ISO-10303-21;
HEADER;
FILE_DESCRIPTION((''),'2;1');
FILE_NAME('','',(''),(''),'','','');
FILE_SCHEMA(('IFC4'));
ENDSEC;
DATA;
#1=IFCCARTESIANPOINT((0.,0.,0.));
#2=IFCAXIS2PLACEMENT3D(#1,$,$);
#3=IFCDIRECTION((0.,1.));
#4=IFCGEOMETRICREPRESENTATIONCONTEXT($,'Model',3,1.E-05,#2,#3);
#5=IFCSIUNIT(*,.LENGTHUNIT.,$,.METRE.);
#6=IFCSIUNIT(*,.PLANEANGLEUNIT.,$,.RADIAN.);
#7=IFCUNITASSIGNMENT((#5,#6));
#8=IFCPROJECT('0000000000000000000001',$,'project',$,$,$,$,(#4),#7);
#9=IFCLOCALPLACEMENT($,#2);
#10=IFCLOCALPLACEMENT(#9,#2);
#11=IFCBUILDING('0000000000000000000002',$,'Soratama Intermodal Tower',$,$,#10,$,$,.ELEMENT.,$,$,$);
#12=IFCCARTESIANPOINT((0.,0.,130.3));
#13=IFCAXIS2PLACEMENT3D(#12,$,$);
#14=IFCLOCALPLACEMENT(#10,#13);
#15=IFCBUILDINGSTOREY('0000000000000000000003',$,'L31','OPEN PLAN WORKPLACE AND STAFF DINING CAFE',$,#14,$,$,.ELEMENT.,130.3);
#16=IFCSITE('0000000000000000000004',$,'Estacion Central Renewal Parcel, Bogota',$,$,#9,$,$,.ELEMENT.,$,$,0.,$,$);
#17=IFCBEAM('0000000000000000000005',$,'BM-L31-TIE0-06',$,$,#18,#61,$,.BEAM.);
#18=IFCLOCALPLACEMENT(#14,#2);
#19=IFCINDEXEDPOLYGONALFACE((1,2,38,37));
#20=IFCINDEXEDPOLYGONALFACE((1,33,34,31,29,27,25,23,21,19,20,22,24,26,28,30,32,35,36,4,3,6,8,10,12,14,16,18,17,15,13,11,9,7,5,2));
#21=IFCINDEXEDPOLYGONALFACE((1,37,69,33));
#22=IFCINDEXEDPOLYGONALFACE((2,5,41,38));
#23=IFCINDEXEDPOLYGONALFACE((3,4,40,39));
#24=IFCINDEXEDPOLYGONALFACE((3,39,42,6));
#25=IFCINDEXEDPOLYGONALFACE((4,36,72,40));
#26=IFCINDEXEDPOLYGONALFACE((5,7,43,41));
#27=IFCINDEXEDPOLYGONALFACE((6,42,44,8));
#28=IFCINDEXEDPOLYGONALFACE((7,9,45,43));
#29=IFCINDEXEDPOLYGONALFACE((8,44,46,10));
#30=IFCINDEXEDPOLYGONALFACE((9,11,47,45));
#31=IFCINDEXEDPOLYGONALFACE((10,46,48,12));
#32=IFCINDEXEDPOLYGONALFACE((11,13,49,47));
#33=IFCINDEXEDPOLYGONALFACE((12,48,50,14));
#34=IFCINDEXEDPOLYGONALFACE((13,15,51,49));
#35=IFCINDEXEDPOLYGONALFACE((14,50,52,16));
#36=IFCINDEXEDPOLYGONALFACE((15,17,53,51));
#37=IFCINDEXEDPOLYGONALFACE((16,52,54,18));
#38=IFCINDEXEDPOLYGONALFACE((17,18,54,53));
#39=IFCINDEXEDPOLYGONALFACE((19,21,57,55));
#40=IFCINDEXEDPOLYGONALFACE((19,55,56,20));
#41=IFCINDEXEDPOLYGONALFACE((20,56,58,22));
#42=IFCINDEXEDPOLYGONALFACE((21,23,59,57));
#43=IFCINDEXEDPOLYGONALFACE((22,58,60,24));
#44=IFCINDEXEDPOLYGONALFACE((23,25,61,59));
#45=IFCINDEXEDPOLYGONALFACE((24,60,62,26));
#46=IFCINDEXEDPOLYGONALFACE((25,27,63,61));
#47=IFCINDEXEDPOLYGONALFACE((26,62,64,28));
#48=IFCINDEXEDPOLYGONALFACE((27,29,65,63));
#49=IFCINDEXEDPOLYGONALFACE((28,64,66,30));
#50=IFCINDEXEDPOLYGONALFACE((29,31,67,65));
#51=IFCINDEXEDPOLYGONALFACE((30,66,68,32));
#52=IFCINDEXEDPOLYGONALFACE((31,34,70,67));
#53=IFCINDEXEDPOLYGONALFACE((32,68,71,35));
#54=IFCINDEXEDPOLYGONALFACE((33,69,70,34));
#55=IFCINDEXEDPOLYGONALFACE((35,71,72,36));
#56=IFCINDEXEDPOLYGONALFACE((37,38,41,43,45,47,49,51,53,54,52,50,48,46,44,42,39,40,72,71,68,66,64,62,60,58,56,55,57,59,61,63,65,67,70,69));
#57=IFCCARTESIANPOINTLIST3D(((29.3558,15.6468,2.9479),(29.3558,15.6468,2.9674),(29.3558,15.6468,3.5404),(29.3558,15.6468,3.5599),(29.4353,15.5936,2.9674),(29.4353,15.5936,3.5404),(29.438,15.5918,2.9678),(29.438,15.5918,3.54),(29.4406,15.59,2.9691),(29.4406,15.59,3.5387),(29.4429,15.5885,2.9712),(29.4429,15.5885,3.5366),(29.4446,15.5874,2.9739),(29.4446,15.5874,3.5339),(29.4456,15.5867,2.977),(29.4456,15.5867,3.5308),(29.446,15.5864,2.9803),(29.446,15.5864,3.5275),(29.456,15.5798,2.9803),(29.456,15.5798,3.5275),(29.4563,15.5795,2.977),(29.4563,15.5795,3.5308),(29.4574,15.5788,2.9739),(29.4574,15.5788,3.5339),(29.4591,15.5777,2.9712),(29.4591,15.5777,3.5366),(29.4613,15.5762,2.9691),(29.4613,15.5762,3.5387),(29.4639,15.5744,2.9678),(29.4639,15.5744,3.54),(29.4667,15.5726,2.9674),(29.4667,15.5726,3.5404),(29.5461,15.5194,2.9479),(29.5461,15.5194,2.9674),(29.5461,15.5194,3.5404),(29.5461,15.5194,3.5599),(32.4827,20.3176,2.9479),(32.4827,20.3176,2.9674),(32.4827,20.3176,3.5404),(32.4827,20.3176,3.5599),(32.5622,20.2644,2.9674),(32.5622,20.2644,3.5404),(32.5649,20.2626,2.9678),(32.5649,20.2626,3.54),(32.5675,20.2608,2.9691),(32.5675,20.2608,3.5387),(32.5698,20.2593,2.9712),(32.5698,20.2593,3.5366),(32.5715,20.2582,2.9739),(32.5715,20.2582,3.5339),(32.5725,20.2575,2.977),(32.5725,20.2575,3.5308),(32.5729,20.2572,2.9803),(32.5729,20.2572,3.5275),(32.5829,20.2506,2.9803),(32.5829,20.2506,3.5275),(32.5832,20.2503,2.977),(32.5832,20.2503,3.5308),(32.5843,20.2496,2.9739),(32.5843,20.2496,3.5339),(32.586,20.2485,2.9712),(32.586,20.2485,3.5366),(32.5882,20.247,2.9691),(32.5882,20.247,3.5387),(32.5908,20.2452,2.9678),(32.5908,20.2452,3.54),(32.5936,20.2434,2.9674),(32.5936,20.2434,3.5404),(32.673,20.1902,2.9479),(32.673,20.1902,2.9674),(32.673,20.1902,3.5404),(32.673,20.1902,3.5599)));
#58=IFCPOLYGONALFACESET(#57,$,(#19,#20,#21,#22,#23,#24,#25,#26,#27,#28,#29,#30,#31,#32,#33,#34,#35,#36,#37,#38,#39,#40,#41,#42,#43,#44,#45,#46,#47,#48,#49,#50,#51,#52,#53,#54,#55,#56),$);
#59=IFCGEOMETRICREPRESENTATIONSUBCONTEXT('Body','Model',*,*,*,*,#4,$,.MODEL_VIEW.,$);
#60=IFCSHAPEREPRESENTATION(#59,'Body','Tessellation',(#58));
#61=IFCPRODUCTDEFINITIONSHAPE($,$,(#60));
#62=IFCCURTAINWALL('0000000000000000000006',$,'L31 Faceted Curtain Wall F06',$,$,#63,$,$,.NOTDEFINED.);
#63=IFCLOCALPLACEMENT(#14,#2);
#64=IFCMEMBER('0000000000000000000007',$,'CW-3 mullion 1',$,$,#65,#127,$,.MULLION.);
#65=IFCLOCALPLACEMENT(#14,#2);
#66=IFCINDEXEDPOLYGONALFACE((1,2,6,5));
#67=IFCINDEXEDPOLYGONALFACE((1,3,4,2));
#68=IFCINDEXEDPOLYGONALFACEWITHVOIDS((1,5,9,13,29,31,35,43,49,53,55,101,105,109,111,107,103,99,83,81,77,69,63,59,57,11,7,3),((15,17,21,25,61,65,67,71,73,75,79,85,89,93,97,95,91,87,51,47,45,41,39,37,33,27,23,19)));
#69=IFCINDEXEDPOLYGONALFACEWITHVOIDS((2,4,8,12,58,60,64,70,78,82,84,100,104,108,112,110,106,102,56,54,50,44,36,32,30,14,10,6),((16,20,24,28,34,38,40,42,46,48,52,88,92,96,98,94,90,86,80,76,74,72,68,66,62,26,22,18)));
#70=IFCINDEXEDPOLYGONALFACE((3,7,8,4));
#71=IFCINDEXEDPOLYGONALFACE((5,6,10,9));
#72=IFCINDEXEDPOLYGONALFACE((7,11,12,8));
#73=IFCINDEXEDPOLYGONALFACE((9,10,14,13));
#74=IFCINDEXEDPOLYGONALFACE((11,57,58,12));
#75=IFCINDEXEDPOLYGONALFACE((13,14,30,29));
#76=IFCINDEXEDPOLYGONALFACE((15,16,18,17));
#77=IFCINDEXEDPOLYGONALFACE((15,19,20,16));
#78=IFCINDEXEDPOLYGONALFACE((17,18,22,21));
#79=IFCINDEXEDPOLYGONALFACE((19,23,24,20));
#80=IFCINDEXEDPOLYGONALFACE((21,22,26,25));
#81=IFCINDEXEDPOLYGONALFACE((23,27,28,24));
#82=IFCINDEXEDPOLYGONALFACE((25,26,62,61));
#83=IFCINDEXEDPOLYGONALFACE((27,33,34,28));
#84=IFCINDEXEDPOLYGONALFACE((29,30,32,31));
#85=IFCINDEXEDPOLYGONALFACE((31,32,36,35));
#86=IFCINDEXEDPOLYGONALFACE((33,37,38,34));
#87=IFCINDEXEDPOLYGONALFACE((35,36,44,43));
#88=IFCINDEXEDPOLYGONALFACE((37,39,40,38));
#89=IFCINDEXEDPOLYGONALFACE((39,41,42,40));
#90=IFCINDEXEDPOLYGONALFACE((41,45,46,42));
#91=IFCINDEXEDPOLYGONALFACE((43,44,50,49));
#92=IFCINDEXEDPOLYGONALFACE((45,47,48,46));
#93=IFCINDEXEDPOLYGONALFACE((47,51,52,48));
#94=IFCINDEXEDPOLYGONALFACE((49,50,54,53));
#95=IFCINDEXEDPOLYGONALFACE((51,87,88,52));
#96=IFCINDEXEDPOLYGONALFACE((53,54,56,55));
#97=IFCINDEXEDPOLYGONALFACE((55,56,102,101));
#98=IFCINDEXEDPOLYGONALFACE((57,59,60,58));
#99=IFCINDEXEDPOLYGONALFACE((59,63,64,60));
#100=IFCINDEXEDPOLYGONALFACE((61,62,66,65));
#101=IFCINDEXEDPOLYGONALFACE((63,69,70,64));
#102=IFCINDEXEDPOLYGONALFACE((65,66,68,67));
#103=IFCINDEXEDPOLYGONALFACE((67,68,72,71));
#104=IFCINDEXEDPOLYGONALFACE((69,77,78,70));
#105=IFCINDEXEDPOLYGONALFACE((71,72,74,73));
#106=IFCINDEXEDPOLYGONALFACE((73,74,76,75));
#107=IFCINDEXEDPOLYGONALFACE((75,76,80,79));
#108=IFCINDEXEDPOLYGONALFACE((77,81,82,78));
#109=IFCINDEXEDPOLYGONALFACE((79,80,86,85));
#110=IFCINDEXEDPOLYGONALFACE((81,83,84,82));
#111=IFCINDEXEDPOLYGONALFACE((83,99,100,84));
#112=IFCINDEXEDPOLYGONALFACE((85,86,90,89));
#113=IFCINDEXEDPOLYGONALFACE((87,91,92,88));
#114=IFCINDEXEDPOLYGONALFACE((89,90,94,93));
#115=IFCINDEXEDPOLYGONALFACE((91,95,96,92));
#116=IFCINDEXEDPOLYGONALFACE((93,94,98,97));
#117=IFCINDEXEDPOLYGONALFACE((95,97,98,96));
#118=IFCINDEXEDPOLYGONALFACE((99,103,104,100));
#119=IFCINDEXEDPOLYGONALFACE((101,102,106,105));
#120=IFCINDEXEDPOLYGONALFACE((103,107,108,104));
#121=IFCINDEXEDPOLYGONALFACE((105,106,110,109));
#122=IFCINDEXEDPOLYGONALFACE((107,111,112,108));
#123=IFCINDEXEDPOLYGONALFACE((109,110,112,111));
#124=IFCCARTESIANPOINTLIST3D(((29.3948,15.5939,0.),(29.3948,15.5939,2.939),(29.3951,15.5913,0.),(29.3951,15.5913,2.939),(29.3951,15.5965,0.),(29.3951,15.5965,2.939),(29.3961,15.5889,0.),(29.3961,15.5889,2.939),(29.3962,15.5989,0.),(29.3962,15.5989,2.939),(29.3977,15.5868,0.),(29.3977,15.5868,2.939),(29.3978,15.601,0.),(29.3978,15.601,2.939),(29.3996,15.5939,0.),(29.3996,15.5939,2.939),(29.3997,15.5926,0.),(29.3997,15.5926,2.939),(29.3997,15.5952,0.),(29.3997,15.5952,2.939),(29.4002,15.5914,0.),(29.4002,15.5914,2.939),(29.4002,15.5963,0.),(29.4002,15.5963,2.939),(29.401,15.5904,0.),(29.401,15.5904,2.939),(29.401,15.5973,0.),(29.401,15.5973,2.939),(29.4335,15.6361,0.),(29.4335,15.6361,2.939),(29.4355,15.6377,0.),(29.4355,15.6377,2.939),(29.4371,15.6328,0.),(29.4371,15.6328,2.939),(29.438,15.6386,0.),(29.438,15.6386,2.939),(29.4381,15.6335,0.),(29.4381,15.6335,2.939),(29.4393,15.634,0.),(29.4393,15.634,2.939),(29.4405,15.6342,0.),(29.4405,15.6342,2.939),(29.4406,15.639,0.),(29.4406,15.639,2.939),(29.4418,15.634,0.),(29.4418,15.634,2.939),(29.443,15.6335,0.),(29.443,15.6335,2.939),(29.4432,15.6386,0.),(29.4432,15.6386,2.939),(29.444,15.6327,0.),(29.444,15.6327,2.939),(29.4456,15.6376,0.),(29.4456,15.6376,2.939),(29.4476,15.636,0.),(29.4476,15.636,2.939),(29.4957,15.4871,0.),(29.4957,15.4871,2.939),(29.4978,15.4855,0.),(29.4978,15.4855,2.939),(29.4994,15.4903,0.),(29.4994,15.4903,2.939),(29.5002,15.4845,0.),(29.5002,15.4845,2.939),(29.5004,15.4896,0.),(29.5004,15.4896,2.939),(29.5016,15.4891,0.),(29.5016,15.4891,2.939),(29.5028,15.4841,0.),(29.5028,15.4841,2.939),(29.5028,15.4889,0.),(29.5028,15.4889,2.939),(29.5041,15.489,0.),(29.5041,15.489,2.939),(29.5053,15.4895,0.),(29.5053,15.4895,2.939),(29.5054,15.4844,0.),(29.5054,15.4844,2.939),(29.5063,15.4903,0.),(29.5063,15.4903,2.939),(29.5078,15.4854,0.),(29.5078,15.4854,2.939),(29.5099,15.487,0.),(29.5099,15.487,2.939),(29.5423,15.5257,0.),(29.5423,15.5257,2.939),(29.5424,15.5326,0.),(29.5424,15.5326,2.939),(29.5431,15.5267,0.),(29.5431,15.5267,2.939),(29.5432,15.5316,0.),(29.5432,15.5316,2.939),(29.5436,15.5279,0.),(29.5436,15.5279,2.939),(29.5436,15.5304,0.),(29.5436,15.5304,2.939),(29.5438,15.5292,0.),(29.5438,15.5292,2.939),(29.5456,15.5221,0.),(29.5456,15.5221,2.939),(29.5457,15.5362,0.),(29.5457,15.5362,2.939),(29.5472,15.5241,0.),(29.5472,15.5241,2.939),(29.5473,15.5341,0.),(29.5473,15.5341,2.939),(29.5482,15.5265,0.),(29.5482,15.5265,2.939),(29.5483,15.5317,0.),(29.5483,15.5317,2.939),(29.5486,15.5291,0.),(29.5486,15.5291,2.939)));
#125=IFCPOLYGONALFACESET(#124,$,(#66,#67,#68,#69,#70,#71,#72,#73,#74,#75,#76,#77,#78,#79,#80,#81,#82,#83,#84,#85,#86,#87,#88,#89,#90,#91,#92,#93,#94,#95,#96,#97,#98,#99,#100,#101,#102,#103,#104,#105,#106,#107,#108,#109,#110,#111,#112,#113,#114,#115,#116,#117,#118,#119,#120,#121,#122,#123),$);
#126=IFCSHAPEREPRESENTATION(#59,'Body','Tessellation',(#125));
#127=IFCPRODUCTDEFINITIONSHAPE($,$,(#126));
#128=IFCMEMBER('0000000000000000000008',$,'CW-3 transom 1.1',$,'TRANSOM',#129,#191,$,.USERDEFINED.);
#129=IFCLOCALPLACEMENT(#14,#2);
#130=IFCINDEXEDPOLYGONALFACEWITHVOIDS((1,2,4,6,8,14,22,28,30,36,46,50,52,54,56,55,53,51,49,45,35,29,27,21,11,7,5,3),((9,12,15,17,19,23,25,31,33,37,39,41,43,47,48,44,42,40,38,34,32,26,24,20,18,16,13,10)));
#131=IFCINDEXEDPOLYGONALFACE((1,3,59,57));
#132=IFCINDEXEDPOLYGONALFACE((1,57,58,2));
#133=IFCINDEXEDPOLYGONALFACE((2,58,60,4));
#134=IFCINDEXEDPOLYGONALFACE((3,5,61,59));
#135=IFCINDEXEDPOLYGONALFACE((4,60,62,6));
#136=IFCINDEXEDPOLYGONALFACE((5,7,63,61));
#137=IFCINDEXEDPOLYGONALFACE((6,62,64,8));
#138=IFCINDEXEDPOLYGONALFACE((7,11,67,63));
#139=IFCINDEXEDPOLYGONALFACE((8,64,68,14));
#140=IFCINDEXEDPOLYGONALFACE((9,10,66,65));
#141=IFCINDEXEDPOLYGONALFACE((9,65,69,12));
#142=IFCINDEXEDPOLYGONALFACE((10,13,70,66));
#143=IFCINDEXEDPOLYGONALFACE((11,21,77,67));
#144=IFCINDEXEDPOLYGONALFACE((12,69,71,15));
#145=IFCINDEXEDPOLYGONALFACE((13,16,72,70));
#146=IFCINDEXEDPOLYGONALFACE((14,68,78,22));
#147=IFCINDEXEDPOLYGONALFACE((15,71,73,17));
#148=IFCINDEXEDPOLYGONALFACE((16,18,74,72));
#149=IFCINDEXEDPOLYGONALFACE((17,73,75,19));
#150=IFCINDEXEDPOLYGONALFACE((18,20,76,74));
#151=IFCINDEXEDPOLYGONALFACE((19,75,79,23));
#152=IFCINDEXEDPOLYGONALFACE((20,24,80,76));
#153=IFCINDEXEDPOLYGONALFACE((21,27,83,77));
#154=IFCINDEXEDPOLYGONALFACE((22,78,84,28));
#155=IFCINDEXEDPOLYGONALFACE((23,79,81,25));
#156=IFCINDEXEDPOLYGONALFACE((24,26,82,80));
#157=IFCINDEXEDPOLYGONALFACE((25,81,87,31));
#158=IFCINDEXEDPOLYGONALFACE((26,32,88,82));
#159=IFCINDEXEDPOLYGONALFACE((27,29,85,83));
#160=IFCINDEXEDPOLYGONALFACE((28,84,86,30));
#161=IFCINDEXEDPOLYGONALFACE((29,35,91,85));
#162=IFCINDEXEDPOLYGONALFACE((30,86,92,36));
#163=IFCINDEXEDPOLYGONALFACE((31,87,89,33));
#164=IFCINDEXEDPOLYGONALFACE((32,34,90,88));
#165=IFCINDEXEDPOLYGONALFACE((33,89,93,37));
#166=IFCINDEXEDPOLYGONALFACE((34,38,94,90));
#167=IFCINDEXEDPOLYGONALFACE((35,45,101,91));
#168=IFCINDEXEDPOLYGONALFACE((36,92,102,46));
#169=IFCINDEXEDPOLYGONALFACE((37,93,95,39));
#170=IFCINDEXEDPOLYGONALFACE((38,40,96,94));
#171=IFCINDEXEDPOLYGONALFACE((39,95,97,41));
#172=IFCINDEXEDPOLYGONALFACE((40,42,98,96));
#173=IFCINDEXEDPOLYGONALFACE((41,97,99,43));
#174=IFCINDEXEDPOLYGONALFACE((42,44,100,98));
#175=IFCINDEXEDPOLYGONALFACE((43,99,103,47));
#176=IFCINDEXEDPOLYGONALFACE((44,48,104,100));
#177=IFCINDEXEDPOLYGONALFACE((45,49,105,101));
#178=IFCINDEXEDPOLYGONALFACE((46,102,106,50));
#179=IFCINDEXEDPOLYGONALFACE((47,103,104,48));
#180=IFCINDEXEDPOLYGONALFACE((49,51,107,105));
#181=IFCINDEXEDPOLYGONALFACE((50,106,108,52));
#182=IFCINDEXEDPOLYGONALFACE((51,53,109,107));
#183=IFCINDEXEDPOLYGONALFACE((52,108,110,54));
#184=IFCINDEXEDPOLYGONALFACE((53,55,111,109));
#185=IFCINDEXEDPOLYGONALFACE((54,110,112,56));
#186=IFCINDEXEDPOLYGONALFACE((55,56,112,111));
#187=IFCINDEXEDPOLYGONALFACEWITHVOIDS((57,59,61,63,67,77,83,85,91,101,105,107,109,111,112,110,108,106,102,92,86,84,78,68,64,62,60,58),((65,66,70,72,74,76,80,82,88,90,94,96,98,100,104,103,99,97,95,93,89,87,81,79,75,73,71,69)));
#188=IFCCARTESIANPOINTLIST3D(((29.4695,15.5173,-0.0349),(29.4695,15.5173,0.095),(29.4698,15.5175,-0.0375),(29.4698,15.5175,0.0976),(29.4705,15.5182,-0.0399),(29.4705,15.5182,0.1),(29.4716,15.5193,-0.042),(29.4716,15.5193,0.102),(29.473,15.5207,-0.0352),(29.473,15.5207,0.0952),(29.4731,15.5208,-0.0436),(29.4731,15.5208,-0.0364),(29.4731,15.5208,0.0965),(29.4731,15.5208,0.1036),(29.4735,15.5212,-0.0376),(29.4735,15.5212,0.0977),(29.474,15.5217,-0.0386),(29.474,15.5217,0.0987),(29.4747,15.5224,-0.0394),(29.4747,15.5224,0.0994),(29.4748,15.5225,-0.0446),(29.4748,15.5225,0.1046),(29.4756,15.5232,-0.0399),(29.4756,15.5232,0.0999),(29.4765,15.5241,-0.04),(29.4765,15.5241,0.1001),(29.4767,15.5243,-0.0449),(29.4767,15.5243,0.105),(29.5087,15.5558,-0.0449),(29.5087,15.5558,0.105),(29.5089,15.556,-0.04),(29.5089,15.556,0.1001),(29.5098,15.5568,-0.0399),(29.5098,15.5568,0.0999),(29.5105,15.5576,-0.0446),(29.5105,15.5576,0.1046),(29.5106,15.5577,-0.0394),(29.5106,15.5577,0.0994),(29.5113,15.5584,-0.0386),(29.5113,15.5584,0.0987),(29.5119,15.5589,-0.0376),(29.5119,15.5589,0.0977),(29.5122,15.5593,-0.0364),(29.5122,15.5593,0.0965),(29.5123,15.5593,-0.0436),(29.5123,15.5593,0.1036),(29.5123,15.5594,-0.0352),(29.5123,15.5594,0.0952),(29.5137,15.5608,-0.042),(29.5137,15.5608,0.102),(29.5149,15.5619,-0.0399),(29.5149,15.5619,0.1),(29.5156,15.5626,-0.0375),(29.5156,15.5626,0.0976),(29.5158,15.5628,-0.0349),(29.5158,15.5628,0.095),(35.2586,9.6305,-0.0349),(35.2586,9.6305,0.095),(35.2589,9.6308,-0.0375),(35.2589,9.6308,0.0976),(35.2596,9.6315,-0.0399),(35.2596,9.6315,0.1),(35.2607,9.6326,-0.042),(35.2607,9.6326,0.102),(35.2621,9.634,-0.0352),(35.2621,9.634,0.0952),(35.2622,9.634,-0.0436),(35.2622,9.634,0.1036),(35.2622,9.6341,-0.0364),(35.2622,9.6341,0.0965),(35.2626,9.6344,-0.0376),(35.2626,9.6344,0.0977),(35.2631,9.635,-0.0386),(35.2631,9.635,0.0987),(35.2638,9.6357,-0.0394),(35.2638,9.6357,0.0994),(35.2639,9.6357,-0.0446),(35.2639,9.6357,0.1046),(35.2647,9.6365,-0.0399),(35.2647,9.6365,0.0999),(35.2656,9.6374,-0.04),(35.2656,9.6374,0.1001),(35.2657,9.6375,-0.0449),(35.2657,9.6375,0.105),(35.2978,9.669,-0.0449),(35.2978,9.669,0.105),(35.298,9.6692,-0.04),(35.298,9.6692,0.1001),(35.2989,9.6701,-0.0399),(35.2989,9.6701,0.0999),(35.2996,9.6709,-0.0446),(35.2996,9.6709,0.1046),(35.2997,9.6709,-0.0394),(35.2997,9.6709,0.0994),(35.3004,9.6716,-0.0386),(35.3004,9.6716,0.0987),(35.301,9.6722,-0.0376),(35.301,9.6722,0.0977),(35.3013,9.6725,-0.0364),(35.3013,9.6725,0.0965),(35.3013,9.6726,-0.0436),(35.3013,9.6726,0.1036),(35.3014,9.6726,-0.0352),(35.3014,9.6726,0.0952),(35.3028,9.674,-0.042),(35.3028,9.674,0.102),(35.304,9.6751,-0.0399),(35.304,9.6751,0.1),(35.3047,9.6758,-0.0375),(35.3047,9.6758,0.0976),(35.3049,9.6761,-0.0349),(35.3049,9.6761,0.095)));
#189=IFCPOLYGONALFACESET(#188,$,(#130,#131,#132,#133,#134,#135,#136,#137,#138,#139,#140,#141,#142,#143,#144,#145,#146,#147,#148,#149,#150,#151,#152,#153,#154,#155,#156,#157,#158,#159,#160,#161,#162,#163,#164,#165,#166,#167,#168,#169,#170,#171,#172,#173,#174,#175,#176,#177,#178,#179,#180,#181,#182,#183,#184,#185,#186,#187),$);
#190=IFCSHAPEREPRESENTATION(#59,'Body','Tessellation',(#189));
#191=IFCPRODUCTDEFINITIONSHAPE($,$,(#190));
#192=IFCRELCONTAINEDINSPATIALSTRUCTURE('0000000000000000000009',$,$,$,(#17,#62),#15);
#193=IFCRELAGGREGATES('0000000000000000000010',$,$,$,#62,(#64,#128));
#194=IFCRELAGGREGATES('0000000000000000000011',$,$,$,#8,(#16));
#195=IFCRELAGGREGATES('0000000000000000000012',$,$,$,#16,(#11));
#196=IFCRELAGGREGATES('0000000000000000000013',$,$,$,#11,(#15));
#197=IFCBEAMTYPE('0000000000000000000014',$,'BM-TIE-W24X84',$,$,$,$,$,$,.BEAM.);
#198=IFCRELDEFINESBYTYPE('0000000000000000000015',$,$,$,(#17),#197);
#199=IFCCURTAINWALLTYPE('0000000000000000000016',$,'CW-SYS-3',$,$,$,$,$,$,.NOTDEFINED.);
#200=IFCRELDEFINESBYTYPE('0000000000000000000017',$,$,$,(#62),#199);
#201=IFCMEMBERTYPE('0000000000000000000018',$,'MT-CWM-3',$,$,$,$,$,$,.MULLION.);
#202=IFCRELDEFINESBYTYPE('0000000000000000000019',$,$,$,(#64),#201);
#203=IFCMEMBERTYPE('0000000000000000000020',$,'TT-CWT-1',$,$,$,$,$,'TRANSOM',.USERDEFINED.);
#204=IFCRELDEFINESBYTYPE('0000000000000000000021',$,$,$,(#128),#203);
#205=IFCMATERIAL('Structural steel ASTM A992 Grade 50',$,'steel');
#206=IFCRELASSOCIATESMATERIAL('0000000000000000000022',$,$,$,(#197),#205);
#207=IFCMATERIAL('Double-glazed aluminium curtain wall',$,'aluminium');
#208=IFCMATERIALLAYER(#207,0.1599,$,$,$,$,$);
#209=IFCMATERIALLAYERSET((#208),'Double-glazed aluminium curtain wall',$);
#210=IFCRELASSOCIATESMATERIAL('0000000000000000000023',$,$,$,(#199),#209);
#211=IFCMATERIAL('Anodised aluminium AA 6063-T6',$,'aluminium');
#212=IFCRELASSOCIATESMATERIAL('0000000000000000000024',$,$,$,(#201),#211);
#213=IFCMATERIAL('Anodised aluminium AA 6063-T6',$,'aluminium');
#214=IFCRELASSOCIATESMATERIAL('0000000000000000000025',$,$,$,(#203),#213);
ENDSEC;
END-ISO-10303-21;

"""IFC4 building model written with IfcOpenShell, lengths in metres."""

from ifc_helpers import new_model, si_unit, direction, frame, origin, origin_2d, place, context, subcontext, project, spatial, hollow_rectangle, i_section, extrude, material, layer, layer_set, material_profile, profile_set, type_object, element, aggregate, save


model = new_model("IFC4")

# Units and contexts
model_context = context("Model", 3, precision=1e-05, world=origin(), true_north=direction((0.0, 1.0)))
body_context = subcontext(model_context, "Body", "Model", "MODEL_VIEW")
ifc_project = project(units=[si_unit("LENGTHUNIT", "METRE"), si_unit("PLANEANGLEUNIT", "RADIAN")], contexts=[model_context])

# Site, building, storey
site_placement = place(None, origin())
site = spatial("IfcSite", under=ifc_project, at=site_placement, Name="Estacion Central Renewal Parcel, Bogota", CompositionType="ELEMENT", RefElevation=0.0)
building_placement = place(site_placement, origin())
building = spatial("IfcBuilding", under=site, at=building_placement, Name="Soratama Intermodal Tower", CompositionType="ELEMENT")
storey_placement = place(building_placement, frame((0.0, 0.0, 130.3)))
storey = spatial("IfcBuildingStorey", under=building, at=storey_placement, Name="L31", Description="OPEN PLAN WORKPLACE AND STAFF DINING CAFE", CompositionType="ELEMENT", Elevation=130.3)

# Beam
ifc_material_1 = material(Name="Structural steel ASTM A992 Grade 50", Category="steel")
ifc_material_profile_1 = material_profile(ifc_material_1, i_section(OverallWidth=0.229, OverallDepth=0.6121, WebThickness=0.012, FlangeThickness=0.0195, FilletRadius=0.0129, at=origin_2d()), Name="W24X84")
ifc_profile_set_1 = profile_set([ifc_material_profile_1], Name="Structural steel ASTM A992 Grade 50")
beam_type_1 = type_object("IfcBeamType", Name="BM-TIE-W24X84", PredefinedType="BEAM", material=ifc_profile_set_1)
beam_1_placement = place(storey_placement, frame((32.5779, 20.2539, 3.2539), z_axis=(-0.556303, -0.83098, 0.0), x_axis=(0.83098, -0.556303, 0.0)))
element("IfcBeam", 1, at=beam_1_placement, inside=storey, type_object=beam_type_1, Name="BM-L31-TIE0-06", PredefinedType="BEAM", context=body_context, shape_type="SweptSolid", body=[
    extrude(i_section(OverallWidth=0.229, OverallDepth=0.6121, WebThickness=0.012, FlangeThickness=0.0195, FilletRadius=0.0129, at=origin_2d()), origin(), (0.0, 0.0, 1.0), 5.6208),
])

# Curtain wall, members
ifc_material_2 = material(Name="Double-glazed aluminium curtain wall", Category="aluminium")
ifc_layer_1 = layer(ifc_material_2, 0.1599)
ifc_layer_set_1 = layer_set([ifc_layer_1], Name="Double-glazed aluminium curtain wall")
curtain_wall_type = type_object("IfcCurtainWallType", Name="CW-SYS-3", PredefinedType="NOTDEFINED", material=ifc_layer_set_1)
curtain_wall_placement = place(storey_placement, origin())
curtain_wall = element("IfcCurtainWall", 2, at=curtain_wall_placement, inside=storey, type_object=curtain_wall_type, Name="L31 Faceted Curtain Wall F06", PredefinedType="NOTDEFINED")
ifc_material_3 = material(Name="Anodised aluminium AA 6063-T6", Category="aluminium")
ifc_material_profile_2 = material_profile(ifc_material_3, hollow_rectangle(XDim=0.0701, YDim=0.1599, WallThickness=0.0049, InnerFilletRadius=0.0049, OuterFilletRadius=0.01, at=origin_2d()), Name="CWM160X70X5")
ifc_profile_set_2 = profile_set([ifc_material_profile_2], Name="Anodised aluminium AA 6063-T6")
member_type_1 = type_object("IfcMemberType", Name="MT-CWM-3", PredefinedType="MULLION", material=ifc_profile_set_2)
member_1_placement = place(storey_placement, frame((29.4717, 15.5615, 0.0), z_axis=(0.0, 0.0, 1.0), x_axis=(0.713009, 0.701154, 0.0)))
member_1 = element("IfcMember", 3, at=member_1_placement, type_object=member_type_1, Name="CW-3 mullion 1", PredefinedType="MULLION", context=body_context, shape_type="SweptSolid", body=[
    extrude(hollow_rectangle(XDim=0.0701, YDim=0.1599, WallThickness=0.0049, InnerFilletRadius=0.0049, OuterFilletRadius=0.01, at=origin_2d()), origin(), (0.0, 0.0, 1.0), 2.939),
])
ifc_material_4 = material(Name="Anodised aluminium AA 6063-T6", Category="aluminium")
ifc_material_profile_3 = material_profile(ifc_material_4, hollow_rectangle(XDim=0.0649, YDim=0.1499, WallThickness=0.0049, InnerFilletRadius=0.0049, OuterFilletRadius=0.01, at=origin_2d()), Name="CWT150X65X5")
ifc_profile_set_3 = profile_set([ifc_material_profile_3], Name="Anodised aluminium AA 6063-T6")
member_type_2 = type_object("IfcMemberType", Name="TT-CWT-1", ElementType="TRANSOM", PredefinedType="USERDEFINED", material=ifc_profile_set_3)
member_2_placement = place(storey_placement, frame((29.4927, 15.54, 0.03), z_axis=(0.701168, -0.712996, 0.0), x_axis=(0.712996, 0.701168, 0.0)))
member_2 = element("IfcMember", 4, at=member_2_placement, type_object=member_type_2, Name="CW-3 transom 1.1", ObjectType="TRANSOM", PredefinedType="USERDEFINED", context=body_context, shape_type="SweptSolid", body=[
    extrude(hollow_rectangle(XDim=0.0649, YDim=0.1499, WallThickness=0.0049, InnerFilletRadius=0.0049, OuterFilletRadius=0.01, at=origin_2d()), origin(), (0.0, 0.0, 1.0), 8.2563),
])
aggregate(curtain_wall, [member_1, member_2])

save(model, "model.ifc")
